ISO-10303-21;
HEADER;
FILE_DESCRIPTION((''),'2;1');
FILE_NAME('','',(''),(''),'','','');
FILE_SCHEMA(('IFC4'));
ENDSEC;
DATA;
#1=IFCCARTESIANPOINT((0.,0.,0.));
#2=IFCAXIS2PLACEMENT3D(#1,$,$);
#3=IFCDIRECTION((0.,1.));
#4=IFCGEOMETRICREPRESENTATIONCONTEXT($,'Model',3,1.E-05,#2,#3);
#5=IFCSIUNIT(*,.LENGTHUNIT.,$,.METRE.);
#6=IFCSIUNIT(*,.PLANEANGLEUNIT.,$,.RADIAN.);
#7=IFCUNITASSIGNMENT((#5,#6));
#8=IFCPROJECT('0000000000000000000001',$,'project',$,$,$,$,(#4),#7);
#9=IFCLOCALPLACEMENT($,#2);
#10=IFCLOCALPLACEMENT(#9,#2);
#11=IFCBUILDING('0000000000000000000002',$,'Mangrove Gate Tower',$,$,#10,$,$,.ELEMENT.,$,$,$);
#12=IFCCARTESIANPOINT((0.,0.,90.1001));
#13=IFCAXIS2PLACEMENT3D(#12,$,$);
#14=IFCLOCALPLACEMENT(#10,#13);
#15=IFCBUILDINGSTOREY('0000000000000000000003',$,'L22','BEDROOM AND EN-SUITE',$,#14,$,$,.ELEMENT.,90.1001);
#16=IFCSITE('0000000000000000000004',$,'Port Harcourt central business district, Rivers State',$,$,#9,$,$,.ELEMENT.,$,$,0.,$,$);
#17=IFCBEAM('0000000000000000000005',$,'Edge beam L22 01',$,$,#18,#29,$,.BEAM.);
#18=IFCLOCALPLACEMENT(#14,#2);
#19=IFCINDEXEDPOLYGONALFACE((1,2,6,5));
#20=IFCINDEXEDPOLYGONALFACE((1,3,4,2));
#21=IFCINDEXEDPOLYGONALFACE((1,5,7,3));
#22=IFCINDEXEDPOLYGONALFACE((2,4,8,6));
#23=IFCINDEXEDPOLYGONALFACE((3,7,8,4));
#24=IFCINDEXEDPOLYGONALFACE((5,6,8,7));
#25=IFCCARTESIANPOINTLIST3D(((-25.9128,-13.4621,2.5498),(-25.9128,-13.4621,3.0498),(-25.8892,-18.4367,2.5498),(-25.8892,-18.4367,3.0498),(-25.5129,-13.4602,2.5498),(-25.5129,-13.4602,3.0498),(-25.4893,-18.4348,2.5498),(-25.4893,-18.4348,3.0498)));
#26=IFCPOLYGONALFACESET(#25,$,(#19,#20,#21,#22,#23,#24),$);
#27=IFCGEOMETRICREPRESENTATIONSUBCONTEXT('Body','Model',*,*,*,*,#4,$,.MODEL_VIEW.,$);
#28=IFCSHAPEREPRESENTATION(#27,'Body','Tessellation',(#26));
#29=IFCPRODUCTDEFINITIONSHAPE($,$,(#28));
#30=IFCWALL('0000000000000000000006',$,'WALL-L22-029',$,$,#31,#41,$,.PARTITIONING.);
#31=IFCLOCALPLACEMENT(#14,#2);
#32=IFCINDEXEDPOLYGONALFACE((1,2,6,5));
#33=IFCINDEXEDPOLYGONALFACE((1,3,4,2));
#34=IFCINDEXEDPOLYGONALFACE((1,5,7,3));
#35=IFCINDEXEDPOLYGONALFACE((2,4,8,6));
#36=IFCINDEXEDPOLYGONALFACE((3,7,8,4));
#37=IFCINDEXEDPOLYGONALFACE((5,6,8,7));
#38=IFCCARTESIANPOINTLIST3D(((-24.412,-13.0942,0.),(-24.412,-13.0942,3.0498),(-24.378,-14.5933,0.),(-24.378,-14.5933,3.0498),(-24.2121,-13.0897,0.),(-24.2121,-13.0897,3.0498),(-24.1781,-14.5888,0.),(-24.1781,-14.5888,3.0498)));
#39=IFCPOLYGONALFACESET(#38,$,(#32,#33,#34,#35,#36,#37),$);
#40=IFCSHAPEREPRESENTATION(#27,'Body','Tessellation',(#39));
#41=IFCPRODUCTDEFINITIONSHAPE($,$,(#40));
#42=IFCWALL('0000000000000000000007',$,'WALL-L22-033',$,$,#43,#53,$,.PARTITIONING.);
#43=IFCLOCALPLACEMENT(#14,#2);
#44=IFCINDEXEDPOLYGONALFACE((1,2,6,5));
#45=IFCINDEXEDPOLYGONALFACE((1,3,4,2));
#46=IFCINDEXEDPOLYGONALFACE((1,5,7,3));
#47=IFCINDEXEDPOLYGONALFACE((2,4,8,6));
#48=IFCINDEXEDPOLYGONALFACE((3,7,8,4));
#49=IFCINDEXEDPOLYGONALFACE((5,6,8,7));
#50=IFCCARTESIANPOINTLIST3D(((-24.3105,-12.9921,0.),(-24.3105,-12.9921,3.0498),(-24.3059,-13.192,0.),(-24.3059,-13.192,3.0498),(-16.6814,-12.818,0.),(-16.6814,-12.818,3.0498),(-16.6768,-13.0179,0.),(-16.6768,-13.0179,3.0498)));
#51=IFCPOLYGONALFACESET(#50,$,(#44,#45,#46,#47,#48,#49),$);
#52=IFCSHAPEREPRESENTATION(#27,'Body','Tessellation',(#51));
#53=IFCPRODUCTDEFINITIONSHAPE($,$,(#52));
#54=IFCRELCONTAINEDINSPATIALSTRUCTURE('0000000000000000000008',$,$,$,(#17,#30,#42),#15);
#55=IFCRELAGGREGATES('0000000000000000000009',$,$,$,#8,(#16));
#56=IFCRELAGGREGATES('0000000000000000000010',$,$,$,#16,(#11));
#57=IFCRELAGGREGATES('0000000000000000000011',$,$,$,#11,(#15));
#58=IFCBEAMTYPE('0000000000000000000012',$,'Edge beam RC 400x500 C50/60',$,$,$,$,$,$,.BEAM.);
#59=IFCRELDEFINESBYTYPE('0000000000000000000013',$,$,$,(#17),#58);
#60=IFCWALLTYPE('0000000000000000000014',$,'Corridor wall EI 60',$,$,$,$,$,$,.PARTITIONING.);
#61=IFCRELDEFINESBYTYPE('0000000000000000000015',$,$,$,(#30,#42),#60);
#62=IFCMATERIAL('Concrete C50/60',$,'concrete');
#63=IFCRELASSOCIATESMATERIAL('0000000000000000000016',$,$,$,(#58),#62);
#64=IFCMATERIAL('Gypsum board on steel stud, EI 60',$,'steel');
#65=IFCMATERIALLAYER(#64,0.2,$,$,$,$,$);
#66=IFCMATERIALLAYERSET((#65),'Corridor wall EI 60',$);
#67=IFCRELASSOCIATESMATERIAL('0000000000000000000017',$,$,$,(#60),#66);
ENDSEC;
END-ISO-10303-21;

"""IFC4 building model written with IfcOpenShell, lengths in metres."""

from ifc_helpers import new_model, si_unit, direction, frame, frame_2d, origin, origin_2d, place, context, subcontext, project, spatial, rectangle, extrude, material, layer, layer_set, material_profile, profile_set, type_object, element, save


model = new_model("IFC4")

# Units and contexts
model_context = context("Model", 3, precision=1e-05, world=origin(), true_north=direction((0.0, 1.0)))
body_context = subcontext(model_context, "Body", "Model", "MODEL_VIEW")
ifc_project = project(units=[si_unit("LENGTHUNIT", "METRE"), si_unit("PLANEANGLEUNIT", "RADIAN")], contexts=[model_context])

# Site, building, storey
site_placement = place(None, origin())
site = spatial("IfcSite", under=ifc_project, at=site_placement, Name="Port Harcourt central business district, Rivers State", CompositionType="ELEMENT", RefElevation=0.0)
building_placement = place(site_placement, origin())
building = spatial("IfcBuilding", under=site, at=building_placement, Name="Mangrove Gate Tower", CompositionType="ELEMENT")
storey_placement = place(building_placement, frame((0.0, 0.0, 90.1001)))
storey = spatial("IfcBuildingStorey", under=building, at=storey_placement, Name="L22", Description="BEDROOM AND EN-SUITE", CompositionType="ELEMENT", Elevation=90.1001)

# Beam
ifc_material_1 = material(Name="Concrete C50/60", Category="concrete")
ifc_material_profile = material_profile(ifc_material_1, rectangle(XDim=0.3999, YDim=0.5, at=origin_2d()))
ifc_profile_set = profile_set([ifc_material_profile], Name="Concrete C50/60")
beam_type = type_object("IfcBeamType", Name="Edge beam RC 400x500 C50/60", PredefinedType="BEAM", material=ifc_profile_set)
beam_placement = place(storey_placement, frame((-25.7129, -13.4612, 2.7998), z_axis=(0.00476, -0.999989, 0.0), x_axis=(0.999989, 0.00476, 0.0)))
element("IfcBeam", 1, at=beam_placement, inside=storey, type_object=beam_type, Name="Edge beam L22 01", PredefinedType="BEAM", context=body_context, shape_type="SweptSolid", body=[
    extrude(rectangle(XDim=0.3999, YDim=0.5, at=origin_2d()), origin(), (0.0, 0.0, 1.0), 4.9746),
])

# Wall
ifc_material_2 = material(Name="Gypsum board on steel stud, EI 60", Category="steel")
ifc_layer = layer(ifc_material_2, 0.2)
ifc_layer_set = layer_set([ifc_layer], Name="Corridor wall EI 60")
wall_type = type_object("IfcWallType", Name="Corridor wall EI 60", PredefinedType="PARTITIONING", material=ifc_layer_set)
wall_1_placement = place(storey_placement, frame((-24.2781, -14.5911, 0.0), z_axis=(0.0, 0.0, 1.0), x_axis=(-0.022633, 0.999744, 0.0)))
element("IfcWall", 2, at=wall_1_placement, inside=storey, type_object=wall_type, Name="WALL-L22-029", PredefinedType="PARTITIONING", context=body_context, shape_type="SweptSolid", body=[
    extrude(rectangle(XDim=1.4995, YDim=0.2, at=frame_2d((0.7498, 0.0))), origin(), (0.0, 0.0, 1.0), 3.0498),
])

# Wall
wall_2_placement = place(storey_placement, frame((-24.3081, -13.092, 0.0), z_axis=(0.0, 0.0, 1.0), x_axis=(0.99974, 0.022811, 0.0)))
element("IfcWall", 3, at=wall_2_placement, inside=storey, type_object=wall_type, Name="WALL-L22-033", PredefinedType="PARTITIONING", context=body_context, shape_type="SweptSolid", body=[
    extrude(rectangle(XDim=7.6311, YDim=0.2, at=frame_2d((3.8154, 0.0))), origin(), (0.0, 0.0, 1.0), 3.0498),
])

save(model, "model.ifc")
